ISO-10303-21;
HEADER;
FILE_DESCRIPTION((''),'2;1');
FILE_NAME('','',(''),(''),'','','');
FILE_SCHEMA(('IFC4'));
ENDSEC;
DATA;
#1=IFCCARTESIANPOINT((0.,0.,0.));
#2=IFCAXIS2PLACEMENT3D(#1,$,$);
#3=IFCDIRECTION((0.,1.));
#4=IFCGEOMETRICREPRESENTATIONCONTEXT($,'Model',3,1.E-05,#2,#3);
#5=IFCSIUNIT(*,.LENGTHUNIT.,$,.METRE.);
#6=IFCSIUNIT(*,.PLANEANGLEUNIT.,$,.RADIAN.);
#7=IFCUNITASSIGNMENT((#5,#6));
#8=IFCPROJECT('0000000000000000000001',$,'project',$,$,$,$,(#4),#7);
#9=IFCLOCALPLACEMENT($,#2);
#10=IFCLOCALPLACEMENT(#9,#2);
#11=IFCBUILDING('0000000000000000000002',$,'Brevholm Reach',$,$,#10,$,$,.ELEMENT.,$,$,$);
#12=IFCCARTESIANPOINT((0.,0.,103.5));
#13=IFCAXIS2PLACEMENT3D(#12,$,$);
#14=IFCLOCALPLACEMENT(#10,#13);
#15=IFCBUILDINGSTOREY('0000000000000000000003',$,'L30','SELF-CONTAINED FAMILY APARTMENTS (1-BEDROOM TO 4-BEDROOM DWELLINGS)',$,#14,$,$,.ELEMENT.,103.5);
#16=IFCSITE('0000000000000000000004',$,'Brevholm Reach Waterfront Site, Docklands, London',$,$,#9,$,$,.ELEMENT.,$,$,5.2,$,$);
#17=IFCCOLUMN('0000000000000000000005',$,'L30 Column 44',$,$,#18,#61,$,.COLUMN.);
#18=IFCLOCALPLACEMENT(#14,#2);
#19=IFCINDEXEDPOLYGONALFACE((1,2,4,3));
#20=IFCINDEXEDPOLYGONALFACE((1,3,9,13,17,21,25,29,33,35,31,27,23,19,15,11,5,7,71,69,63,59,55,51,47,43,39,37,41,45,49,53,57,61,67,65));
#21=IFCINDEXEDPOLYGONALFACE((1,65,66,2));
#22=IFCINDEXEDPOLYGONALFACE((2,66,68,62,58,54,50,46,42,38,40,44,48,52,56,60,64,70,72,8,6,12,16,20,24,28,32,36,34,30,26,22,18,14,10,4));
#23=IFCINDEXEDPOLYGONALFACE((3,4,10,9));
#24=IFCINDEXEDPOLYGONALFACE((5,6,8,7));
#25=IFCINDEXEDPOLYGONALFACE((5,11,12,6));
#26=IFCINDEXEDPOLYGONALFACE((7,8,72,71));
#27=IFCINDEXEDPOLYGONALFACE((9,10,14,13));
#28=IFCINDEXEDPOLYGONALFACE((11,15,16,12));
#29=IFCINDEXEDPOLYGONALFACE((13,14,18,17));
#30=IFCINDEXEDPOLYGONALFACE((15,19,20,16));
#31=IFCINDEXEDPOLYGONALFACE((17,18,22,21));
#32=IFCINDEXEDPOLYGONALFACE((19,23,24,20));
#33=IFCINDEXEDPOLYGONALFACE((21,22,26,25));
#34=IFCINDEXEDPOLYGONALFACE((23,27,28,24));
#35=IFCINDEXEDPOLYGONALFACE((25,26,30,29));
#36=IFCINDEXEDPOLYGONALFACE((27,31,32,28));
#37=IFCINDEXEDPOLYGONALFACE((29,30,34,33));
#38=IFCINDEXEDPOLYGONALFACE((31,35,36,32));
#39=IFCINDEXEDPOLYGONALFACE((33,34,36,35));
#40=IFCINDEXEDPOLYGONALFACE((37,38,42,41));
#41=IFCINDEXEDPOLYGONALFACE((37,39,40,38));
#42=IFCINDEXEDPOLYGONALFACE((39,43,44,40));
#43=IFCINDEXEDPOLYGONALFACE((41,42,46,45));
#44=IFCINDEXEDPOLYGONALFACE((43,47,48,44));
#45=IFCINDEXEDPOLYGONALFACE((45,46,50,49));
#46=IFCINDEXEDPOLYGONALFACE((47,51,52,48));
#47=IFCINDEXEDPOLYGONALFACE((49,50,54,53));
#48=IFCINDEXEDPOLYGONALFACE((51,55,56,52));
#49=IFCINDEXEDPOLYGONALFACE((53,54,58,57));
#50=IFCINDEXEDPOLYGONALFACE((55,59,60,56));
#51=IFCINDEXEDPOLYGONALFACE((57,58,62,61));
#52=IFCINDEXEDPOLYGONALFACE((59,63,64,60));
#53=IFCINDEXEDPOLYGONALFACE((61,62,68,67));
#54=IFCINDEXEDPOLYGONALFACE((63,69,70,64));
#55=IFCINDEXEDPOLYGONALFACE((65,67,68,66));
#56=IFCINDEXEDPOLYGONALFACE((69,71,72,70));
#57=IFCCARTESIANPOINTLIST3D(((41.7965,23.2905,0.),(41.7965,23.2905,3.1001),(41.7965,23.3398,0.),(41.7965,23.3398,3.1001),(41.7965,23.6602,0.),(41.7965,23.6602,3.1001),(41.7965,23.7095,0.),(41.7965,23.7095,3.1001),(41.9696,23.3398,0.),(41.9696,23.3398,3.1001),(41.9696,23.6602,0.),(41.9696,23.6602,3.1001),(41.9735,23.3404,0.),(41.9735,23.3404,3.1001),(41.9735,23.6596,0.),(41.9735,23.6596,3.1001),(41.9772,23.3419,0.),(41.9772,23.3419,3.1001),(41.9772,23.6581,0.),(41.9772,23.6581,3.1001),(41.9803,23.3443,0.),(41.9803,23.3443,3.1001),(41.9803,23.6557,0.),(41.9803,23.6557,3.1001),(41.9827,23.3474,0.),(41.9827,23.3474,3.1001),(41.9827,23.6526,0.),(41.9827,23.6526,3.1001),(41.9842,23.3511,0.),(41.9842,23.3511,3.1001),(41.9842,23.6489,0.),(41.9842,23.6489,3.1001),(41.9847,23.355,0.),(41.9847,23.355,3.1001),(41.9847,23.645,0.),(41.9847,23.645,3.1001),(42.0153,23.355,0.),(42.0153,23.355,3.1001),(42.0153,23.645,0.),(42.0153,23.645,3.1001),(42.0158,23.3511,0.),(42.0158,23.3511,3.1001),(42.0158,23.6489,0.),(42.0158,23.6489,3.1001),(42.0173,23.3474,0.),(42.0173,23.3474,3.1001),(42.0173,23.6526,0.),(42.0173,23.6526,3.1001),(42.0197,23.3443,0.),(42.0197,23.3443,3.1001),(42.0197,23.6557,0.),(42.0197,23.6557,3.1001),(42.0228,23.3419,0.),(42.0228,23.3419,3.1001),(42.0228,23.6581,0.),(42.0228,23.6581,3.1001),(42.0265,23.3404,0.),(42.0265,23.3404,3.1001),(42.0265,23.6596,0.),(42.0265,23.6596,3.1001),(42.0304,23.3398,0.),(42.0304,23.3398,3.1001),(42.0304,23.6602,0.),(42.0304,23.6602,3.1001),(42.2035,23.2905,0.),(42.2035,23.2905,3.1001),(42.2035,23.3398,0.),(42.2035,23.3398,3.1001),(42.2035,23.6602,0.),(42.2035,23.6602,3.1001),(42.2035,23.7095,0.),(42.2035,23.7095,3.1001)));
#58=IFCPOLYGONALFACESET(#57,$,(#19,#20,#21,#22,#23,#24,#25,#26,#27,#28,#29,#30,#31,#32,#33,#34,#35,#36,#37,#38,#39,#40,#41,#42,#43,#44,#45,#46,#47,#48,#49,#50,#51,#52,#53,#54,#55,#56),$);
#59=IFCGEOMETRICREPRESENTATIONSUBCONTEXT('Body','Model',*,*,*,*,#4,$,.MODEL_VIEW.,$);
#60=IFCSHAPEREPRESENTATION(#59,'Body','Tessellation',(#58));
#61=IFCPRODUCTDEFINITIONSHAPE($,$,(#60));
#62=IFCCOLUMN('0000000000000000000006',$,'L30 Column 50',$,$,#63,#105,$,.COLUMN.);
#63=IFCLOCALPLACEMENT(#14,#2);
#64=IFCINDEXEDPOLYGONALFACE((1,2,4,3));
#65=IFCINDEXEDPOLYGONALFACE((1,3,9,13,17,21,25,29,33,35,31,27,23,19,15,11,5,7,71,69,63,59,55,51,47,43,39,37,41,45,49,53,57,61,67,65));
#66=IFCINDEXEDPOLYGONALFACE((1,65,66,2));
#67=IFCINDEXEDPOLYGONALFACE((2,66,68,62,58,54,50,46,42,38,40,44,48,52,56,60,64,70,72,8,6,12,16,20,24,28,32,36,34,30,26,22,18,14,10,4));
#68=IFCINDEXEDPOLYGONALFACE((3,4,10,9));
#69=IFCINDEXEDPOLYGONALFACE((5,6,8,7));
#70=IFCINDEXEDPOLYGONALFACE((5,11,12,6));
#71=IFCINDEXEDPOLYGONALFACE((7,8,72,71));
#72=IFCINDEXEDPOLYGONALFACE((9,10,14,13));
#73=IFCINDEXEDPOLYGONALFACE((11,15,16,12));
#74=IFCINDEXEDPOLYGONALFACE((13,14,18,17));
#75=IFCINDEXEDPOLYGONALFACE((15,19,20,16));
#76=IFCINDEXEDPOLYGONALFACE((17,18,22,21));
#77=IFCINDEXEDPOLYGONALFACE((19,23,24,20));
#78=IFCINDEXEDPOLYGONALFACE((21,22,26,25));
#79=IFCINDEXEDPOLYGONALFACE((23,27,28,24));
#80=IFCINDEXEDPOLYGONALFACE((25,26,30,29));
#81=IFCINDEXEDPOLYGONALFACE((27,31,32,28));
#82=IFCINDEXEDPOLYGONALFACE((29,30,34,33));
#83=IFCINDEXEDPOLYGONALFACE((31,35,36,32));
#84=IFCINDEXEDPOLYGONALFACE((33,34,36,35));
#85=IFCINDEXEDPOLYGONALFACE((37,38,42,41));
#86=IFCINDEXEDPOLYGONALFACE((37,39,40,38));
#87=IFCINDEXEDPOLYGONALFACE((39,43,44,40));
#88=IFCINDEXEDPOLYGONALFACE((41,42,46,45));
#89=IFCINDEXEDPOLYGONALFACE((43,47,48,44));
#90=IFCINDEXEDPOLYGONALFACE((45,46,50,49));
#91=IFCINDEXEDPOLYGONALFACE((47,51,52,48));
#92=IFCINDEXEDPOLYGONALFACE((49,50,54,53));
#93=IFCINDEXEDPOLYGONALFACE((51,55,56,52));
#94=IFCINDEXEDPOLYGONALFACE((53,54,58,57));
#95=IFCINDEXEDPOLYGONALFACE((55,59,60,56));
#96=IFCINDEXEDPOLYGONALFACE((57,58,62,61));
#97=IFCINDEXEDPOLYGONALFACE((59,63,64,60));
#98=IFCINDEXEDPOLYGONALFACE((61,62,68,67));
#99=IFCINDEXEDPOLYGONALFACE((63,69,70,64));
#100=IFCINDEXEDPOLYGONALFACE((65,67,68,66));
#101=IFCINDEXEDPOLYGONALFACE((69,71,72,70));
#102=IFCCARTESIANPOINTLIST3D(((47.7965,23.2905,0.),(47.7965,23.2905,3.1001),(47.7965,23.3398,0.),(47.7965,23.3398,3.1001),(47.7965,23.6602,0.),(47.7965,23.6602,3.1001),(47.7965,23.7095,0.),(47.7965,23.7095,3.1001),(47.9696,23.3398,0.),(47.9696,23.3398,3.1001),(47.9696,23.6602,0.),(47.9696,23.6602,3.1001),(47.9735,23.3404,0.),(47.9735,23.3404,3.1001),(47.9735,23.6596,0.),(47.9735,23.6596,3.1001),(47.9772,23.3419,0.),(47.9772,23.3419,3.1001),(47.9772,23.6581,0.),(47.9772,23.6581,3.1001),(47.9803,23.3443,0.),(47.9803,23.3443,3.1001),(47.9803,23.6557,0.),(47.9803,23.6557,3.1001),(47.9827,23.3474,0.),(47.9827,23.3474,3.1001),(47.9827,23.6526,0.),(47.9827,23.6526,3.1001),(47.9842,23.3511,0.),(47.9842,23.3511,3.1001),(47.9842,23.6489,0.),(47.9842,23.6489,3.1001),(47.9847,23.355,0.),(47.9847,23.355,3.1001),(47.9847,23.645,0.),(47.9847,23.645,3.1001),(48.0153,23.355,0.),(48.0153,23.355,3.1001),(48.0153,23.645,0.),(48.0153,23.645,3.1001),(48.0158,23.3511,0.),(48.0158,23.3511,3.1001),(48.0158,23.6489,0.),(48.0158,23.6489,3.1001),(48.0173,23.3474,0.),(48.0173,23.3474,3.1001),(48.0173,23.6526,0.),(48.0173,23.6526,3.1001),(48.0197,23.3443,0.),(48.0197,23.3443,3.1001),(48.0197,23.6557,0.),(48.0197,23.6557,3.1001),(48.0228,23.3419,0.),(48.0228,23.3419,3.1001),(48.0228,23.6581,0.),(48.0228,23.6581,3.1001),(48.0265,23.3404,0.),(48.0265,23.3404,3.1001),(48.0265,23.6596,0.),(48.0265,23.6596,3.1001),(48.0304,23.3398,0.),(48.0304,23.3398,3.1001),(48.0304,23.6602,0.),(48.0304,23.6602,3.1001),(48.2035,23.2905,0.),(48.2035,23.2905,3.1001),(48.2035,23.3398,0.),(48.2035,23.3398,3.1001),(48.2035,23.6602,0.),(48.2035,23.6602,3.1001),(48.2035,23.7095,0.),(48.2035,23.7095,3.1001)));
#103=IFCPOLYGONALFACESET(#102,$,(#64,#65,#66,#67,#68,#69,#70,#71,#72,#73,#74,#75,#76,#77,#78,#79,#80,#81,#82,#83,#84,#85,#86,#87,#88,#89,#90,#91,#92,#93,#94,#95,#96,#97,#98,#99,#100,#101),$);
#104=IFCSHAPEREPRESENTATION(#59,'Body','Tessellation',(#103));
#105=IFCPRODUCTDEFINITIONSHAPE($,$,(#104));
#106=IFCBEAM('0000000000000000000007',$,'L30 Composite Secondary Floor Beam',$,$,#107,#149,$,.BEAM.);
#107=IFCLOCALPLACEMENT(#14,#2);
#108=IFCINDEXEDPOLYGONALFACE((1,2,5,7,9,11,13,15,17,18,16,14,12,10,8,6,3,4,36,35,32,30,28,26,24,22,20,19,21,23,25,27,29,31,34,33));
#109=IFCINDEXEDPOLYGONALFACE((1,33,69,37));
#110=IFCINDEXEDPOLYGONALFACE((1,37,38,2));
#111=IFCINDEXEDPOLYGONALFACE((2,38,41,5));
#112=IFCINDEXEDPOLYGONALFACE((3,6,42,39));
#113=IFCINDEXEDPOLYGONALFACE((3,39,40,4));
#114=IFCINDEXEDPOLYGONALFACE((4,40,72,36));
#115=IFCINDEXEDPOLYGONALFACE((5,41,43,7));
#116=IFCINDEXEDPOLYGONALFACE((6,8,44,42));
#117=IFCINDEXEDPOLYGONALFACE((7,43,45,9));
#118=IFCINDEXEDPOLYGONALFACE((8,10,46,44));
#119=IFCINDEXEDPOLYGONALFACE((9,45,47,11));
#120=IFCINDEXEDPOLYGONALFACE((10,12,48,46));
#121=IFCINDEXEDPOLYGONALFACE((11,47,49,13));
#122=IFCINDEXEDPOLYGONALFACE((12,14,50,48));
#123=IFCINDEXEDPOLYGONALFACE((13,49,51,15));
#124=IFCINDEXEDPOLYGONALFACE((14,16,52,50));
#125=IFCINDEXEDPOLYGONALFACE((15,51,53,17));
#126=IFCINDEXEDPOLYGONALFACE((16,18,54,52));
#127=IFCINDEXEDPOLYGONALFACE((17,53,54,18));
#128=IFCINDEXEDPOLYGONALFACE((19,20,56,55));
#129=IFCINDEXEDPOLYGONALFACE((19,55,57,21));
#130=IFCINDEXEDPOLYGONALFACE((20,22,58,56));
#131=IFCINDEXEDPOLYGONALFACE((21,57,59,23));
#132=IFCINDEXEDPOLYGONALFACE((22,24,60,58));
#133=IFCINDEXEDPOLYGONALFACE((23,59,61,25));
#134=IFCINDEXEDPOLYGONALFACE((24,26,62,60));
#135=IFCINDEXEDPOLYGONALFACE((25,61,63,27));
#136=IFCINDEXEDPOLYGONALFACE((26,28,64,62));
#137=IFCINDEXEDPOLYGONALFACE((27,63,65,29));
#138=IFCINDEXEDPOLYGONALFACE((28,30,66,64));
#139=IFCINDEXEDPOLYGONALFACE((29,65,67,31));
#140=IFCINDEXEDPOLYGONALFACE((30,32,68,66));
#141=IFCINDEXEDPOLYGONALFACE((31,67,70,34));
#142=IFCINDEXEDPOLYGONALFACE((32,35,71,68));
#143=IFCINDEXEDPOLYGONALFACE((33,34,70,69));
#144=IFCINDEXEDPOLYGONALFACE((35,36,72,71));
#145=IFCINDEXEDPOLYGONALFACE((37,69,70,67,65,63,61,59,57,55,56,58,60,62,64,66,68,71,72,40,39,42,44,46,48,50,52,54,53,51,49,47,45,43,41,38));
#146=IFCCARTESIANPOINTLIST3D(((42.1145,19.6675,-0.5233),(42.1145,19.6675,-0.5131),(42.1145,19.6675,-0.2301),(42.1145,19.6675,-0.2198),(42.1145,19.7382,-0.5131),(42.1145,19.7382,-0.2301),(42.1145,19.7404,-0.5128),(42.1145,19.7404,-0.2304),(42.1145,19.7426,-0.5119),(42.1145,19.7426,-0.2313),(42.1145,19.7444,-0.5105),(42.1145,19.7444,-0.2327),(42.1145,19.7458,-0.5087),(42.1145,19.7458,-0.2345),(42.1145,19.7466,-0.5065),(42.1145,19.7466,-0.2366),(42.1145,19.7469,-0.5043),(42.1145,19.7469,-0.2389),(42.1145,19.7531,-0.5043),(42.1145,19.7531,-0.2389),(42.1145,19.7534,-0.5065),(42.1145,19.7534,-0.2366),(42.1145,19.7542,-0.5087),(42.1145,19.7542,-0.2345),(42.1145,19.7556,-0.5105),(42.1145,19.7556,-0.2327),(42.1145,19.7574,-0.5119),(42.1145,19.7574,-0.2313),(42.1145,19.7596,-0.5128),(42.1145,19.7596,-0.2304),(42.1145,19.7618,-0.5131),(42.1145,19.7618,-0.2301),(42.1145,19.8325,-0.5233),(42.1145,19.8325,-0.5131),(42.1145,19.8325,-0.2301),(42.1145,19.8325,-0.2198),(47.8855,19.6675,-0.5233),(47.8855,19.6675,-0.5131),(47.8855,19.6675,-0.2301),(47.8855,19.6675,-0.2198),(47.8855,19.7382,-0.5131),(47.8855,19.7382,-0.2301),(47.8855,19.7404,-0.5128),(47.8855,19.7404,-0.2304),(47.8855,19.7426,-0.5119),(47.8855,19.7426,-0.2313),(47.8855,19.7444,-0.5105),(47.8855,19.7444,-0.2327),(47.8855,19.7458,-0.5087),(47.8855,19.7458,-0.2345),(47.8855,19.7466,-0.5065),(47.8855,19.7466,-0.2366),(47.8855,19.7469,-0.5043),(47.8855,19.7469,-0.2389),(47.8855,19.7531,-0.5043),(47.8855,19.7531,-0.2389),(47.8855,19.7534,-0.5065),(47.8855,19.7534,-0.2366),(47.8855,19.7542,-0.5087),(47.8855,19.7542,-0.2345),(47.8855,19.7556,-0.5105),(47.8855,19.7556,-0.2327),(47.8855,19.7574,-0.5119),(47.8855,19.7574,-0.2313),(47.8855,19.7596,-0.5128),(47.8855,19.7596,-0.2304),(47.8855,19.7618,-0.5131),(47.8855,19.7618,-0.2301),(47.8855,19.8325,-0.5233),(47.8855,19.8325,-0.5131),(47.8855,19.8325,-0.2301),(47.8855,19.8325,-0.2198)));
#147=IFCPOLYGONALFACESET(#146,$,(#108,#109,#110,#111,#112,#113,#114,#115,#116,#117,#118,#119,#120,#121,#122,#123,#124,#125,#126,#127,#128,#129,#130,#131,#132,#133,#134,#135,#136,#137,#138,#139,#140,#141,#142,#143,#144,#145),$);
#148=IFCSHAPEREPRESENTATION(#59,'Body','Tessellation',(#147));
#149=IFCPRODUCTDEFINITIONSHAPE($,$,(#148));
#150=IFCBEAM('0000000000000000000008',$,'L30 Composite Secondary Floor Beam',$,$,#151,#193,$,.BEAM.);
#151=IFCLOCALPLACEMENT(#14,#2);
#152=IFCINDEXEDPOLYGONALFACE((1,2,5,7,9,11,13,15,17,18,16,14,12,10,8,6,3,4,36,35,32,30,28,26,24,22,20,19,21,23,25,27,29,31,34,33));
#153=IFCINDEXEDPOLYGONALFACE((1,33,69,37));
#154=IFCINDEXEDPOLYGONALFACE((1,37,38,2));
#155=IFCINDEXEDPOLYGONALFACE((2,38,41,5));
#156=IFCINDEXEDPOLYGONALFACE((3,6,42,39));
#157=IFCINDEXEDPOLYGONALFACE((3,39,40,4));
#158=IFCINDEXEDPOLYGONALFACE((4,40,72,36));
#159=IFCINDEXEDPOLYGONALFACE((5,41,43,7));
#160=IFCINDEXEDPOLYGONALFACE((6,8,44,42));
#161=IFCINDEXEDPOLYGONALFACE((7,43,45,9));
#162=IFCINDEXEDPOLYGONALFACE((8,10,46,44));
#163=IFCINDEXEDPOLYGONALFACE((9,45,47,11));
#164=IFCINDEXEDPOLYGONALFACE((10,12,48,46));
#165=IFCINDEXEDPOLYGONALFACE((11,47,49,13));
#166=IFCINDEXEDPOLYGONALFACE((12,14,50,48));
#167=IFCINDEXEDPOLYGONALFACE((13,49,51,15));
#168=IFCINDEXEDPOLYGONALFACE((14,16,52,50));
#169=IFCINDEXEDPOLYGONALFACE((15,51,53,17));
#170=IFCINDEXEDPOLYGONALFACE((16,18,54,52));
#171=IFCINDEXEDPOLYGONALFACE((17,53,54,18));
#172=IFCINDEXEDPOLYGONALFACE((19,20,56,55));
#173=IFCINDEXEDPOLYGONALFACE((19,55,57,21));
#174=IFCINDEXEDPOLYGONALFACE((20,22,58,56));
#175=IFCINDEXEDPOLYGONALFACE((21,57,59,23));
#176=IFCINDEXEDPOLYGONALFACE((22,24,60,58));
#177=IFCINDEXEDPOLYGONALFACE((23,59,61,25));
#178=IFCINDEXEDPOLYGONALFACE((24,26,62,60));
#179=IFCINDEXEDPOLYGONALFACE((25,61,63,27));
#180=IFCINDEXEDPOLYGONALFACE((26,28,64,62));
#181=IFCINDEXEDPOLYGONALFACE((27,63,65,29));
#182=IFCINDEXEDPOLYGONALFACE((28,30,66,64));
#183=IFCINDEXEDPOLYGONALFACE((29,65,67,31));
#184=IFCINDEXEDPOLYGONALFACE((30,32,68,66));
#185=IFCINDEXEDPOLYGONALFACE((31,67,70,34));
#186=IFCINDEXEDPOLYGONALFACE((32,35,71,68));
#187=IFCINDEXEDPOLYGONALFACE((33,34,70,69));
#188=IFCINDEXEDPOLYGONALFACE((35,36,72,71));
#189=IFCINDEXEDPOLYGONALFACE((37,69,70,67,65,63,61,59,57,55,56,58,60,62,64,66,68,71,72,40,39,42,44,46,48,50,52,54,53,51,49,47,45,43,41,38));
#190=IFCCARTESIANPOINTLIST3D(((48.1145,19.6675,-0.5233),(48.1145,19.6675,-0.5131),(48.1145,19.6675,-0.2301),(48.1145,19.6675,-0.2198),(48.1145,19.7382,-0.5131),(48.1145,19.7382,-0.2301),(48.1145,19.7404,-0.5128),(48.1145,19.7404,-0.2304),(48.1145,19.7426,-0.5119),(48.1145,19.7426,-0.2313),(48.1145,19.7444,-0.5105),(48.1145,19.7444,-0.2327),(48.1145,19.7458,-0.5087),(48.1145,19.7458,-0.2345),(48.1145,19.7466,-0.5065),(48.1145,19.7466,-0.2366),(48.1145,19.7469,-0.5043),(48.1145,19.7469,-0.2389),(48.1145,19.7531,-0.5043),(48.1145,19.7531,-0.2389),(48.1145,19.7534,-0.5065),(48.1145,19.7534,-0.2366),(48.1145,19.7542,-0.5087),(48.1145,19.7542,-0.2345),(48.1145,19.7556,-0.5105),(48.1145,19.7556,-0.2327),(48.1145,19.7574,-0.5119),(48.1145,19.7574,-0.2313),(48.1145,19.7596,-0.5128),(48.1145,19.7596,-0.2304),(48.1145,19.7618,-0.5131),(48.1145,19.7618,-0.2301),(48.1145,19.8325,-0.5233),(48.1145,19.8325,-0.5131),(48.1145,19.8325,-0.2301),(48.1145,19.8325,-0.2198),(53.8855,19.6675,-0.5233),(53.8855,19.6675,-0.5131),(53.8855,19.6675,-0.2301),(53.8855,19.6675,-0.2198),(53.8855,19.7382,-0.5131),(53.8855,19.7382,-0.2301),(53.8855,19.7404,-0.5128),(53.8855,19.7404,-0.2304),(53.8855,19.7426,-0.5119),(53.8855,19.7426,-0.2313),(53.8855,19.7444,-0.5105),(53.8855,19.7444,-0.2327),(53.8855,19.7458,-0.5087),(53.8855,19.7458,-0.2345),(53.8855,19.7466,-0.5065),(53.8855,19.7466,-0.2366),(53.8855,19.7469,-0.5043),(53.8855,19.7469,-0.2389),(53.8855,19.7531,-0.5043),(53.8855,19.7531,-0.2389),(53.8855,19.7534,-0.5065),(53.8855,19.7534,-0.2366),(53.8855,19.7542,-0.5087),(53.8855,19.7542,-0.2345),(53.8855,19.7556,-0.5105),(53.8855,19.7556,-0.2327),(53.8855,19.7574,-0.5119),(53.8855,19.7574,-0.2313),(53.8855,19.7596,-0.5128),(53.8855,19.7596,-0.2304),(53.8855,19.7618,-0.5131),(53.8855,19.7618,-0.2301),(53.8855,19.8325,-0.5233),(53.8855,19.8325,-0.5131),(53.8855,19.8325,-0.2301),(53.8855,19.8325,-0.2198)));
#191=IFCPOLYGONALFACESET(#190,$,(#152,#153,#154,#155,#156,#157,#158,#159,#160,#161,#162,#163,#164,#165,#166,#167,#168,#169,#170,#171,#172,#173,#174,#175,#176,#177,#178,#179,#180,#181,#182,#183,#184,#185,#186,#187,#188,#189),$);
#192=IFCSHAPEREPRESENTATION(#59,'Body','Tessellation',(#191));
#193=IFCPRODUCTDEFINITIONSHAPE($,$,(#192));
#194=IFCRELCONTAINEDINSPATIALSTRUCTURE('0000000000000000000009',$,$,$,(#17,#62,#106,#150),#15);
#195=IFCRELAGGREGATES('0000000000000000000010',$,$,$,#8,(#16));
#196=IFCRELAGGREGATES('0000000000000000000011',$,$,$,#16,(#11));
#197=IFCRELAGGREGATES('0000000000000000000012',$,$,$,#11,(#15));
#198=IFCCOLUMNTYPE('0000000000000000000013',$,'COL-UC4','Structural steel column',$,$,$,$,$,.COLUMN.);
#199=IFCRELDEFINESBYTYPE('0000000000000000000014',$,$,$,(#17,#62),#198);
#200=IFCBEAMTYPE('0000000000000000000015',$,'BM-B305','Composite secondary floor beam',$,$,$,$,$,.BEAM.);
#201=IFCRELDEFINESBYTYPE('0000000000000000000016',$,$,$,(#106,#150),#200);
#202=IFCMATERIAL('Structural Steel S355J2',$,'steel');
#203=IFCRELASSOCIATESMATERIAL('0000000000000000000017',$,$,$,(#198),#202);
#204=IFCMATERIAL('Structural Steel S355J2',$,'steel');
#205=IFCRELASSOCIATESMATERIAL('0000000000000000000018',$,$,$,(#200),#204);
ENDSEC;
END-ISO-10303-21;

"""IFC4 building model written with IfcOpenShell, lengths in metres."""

from ifc_helpers import new_model, si_unit, direction, frame, origin, origin_2d, place, context, subcontext, project, spatial, i_section, extrude, material, material_profile, profile_set, type_object, element, save


model = new_model("IFC4")

# Units and contexts
model_context = context("Model", 3, precision=1e-05, world=origin(), true_north=direction((0.0, 1.0)))
body_context = subcontext(model_context, "Body", "Model", "MODEL_VIEW")
ifc_project = project(units=[si_unit("LENGTHUNIT", "METRE"), si_unit("PLANEANGLEUNIT", "RADIAN")], contexts=[model_context])

# Site, building, storey
site_placement = place(None, origin())
site = spatial("IfcSite", under=ifc_project, at=site_placement, Name="Brevholm Reach Waterfront Site, Docklands, London", CompositionType="ELEMENT", RefElevation=5.2)
building_placement = place(site_placement, origin())
building = spatial("IfcBuilding", under=site, at=building_placement, Name="Brevholm Reach", CompositionType="ELEMENT")
storey_placement = place(building_placement, frame((0.0, 0.0, 103.5)))
storey = spatial("IfcBuildingStorey", under=building, at=storey_placement, Name="L30", Description="SELF-CONTAINED FAMILY APARTMENTS (1-BEDROOM TO 4-BEDROOM DWELLINGS)", CompositionType="ELEMENT", Elevation=103.5)

# Columns
ifc_material_1 = material(Name="Structural Steel S355J2", Category="steel")
ifc_material_profile_1 = material_profile(ifc_material_1, i_section(OverallWidth=0.407, OverallDepth=0.4189, WebThickness=0.0305, FlangeThickness=0.0493, FilletRadius=0.0151, at=origin_2d()), Name="UKC 356x406x393")
ifc_profile_set_1 = profile_set([ifc_material_profile_1], Name="Structural Steel S355J2")
column_type = type_object("IfcColumnType", Name="COL-UC4", Description="Structural steel column", PredefinedType="COLUMN", material=ifc_profile_set_1)
for number, where, z_axis, x_axis, name in (
    (1, (42.0, 23.5, 0.0), (0.0, 0.0, 1.0), (1.0, 0.0, 0.0), "L30 Column 44"),
    (2, (48.0, 23.5, 0.0), (0.0, 0.0, 1.0), (1.0, 0.0, 0.0), "L30 Column 50"),
):
    element("IfcColumn", number, at=place(storey_placement, frame(where, z_axis=z_axis, x_axis=x_axis)), inside=storey, type_object=column_type, Name=name, PredefinedType="COLUMN", context=body_context, shape_type="SweptSolid", body=[
        extrude(i_section(OverallWidth=0.407, OverallDepth=0.4189, WebThickness=0.0305, FlangeThickness=0.0493, FilletRadius=0.0151, at=origin_2d()), origin(), (0.0, 0.0, 1.0), 3.1001),
    ])

# Beams
ifc_material_2 = material(Name="Structural Steel S355J2", Category="steel")
ifc_material_profile_2 = material_profile(ifc_material_2, i_section(OverallWidth=0.165, OverallDepth=0.3035, WebThickness=0.0061, FlangeThickness=0.0103, FilletRadius=0.0088, at=origin_2d()), Name="UKB 305x165x40")
ifc_profile_set_2 = profile_set([ifc_material_profile_2], Name="Structural Steel S355J2")
beam_type_1 = type_object("IfcBeamType", Name="BM-B305", Description="Composite secondary floor beam", PredefinedType="BEAM", material=ifc_profile_set_2)
for number, where, z_axis, x_axis, name in (
    (3, (42.1145, 19.75, -0.3716), (1.0, 0.0, 0.0), (0.0, 1.0, 0.0), "L30 Composite Secondary Floor Beam"),
    (4, (48.1145, 19.75, -0.3716), (1.0, 0.0, 0.0), (0.0, 1.0, 0.0), "L30 Composite Secondary Floor Beam"),
):
    element("IfcBeam", number, at=place(storey_placement, frame(where, z_axis=z_axis, x_axis=x_axis)), inside=storey, type_object=beam_type_1, Name=name, PredefinedType="BEAM", context=body_context, shape_type="SweptSolid", body=[
        extrude(i_section(OverallWidth=0.165, OverallDepth=0.3035, WebThickness=0.0061, FlangeThickness=0.0103, FilletRadius=0.0088, at=origin_2d()), origin(), (0.0, 0.0, 1.0), 5.771),
    ])

save(model, "model.ifc")
